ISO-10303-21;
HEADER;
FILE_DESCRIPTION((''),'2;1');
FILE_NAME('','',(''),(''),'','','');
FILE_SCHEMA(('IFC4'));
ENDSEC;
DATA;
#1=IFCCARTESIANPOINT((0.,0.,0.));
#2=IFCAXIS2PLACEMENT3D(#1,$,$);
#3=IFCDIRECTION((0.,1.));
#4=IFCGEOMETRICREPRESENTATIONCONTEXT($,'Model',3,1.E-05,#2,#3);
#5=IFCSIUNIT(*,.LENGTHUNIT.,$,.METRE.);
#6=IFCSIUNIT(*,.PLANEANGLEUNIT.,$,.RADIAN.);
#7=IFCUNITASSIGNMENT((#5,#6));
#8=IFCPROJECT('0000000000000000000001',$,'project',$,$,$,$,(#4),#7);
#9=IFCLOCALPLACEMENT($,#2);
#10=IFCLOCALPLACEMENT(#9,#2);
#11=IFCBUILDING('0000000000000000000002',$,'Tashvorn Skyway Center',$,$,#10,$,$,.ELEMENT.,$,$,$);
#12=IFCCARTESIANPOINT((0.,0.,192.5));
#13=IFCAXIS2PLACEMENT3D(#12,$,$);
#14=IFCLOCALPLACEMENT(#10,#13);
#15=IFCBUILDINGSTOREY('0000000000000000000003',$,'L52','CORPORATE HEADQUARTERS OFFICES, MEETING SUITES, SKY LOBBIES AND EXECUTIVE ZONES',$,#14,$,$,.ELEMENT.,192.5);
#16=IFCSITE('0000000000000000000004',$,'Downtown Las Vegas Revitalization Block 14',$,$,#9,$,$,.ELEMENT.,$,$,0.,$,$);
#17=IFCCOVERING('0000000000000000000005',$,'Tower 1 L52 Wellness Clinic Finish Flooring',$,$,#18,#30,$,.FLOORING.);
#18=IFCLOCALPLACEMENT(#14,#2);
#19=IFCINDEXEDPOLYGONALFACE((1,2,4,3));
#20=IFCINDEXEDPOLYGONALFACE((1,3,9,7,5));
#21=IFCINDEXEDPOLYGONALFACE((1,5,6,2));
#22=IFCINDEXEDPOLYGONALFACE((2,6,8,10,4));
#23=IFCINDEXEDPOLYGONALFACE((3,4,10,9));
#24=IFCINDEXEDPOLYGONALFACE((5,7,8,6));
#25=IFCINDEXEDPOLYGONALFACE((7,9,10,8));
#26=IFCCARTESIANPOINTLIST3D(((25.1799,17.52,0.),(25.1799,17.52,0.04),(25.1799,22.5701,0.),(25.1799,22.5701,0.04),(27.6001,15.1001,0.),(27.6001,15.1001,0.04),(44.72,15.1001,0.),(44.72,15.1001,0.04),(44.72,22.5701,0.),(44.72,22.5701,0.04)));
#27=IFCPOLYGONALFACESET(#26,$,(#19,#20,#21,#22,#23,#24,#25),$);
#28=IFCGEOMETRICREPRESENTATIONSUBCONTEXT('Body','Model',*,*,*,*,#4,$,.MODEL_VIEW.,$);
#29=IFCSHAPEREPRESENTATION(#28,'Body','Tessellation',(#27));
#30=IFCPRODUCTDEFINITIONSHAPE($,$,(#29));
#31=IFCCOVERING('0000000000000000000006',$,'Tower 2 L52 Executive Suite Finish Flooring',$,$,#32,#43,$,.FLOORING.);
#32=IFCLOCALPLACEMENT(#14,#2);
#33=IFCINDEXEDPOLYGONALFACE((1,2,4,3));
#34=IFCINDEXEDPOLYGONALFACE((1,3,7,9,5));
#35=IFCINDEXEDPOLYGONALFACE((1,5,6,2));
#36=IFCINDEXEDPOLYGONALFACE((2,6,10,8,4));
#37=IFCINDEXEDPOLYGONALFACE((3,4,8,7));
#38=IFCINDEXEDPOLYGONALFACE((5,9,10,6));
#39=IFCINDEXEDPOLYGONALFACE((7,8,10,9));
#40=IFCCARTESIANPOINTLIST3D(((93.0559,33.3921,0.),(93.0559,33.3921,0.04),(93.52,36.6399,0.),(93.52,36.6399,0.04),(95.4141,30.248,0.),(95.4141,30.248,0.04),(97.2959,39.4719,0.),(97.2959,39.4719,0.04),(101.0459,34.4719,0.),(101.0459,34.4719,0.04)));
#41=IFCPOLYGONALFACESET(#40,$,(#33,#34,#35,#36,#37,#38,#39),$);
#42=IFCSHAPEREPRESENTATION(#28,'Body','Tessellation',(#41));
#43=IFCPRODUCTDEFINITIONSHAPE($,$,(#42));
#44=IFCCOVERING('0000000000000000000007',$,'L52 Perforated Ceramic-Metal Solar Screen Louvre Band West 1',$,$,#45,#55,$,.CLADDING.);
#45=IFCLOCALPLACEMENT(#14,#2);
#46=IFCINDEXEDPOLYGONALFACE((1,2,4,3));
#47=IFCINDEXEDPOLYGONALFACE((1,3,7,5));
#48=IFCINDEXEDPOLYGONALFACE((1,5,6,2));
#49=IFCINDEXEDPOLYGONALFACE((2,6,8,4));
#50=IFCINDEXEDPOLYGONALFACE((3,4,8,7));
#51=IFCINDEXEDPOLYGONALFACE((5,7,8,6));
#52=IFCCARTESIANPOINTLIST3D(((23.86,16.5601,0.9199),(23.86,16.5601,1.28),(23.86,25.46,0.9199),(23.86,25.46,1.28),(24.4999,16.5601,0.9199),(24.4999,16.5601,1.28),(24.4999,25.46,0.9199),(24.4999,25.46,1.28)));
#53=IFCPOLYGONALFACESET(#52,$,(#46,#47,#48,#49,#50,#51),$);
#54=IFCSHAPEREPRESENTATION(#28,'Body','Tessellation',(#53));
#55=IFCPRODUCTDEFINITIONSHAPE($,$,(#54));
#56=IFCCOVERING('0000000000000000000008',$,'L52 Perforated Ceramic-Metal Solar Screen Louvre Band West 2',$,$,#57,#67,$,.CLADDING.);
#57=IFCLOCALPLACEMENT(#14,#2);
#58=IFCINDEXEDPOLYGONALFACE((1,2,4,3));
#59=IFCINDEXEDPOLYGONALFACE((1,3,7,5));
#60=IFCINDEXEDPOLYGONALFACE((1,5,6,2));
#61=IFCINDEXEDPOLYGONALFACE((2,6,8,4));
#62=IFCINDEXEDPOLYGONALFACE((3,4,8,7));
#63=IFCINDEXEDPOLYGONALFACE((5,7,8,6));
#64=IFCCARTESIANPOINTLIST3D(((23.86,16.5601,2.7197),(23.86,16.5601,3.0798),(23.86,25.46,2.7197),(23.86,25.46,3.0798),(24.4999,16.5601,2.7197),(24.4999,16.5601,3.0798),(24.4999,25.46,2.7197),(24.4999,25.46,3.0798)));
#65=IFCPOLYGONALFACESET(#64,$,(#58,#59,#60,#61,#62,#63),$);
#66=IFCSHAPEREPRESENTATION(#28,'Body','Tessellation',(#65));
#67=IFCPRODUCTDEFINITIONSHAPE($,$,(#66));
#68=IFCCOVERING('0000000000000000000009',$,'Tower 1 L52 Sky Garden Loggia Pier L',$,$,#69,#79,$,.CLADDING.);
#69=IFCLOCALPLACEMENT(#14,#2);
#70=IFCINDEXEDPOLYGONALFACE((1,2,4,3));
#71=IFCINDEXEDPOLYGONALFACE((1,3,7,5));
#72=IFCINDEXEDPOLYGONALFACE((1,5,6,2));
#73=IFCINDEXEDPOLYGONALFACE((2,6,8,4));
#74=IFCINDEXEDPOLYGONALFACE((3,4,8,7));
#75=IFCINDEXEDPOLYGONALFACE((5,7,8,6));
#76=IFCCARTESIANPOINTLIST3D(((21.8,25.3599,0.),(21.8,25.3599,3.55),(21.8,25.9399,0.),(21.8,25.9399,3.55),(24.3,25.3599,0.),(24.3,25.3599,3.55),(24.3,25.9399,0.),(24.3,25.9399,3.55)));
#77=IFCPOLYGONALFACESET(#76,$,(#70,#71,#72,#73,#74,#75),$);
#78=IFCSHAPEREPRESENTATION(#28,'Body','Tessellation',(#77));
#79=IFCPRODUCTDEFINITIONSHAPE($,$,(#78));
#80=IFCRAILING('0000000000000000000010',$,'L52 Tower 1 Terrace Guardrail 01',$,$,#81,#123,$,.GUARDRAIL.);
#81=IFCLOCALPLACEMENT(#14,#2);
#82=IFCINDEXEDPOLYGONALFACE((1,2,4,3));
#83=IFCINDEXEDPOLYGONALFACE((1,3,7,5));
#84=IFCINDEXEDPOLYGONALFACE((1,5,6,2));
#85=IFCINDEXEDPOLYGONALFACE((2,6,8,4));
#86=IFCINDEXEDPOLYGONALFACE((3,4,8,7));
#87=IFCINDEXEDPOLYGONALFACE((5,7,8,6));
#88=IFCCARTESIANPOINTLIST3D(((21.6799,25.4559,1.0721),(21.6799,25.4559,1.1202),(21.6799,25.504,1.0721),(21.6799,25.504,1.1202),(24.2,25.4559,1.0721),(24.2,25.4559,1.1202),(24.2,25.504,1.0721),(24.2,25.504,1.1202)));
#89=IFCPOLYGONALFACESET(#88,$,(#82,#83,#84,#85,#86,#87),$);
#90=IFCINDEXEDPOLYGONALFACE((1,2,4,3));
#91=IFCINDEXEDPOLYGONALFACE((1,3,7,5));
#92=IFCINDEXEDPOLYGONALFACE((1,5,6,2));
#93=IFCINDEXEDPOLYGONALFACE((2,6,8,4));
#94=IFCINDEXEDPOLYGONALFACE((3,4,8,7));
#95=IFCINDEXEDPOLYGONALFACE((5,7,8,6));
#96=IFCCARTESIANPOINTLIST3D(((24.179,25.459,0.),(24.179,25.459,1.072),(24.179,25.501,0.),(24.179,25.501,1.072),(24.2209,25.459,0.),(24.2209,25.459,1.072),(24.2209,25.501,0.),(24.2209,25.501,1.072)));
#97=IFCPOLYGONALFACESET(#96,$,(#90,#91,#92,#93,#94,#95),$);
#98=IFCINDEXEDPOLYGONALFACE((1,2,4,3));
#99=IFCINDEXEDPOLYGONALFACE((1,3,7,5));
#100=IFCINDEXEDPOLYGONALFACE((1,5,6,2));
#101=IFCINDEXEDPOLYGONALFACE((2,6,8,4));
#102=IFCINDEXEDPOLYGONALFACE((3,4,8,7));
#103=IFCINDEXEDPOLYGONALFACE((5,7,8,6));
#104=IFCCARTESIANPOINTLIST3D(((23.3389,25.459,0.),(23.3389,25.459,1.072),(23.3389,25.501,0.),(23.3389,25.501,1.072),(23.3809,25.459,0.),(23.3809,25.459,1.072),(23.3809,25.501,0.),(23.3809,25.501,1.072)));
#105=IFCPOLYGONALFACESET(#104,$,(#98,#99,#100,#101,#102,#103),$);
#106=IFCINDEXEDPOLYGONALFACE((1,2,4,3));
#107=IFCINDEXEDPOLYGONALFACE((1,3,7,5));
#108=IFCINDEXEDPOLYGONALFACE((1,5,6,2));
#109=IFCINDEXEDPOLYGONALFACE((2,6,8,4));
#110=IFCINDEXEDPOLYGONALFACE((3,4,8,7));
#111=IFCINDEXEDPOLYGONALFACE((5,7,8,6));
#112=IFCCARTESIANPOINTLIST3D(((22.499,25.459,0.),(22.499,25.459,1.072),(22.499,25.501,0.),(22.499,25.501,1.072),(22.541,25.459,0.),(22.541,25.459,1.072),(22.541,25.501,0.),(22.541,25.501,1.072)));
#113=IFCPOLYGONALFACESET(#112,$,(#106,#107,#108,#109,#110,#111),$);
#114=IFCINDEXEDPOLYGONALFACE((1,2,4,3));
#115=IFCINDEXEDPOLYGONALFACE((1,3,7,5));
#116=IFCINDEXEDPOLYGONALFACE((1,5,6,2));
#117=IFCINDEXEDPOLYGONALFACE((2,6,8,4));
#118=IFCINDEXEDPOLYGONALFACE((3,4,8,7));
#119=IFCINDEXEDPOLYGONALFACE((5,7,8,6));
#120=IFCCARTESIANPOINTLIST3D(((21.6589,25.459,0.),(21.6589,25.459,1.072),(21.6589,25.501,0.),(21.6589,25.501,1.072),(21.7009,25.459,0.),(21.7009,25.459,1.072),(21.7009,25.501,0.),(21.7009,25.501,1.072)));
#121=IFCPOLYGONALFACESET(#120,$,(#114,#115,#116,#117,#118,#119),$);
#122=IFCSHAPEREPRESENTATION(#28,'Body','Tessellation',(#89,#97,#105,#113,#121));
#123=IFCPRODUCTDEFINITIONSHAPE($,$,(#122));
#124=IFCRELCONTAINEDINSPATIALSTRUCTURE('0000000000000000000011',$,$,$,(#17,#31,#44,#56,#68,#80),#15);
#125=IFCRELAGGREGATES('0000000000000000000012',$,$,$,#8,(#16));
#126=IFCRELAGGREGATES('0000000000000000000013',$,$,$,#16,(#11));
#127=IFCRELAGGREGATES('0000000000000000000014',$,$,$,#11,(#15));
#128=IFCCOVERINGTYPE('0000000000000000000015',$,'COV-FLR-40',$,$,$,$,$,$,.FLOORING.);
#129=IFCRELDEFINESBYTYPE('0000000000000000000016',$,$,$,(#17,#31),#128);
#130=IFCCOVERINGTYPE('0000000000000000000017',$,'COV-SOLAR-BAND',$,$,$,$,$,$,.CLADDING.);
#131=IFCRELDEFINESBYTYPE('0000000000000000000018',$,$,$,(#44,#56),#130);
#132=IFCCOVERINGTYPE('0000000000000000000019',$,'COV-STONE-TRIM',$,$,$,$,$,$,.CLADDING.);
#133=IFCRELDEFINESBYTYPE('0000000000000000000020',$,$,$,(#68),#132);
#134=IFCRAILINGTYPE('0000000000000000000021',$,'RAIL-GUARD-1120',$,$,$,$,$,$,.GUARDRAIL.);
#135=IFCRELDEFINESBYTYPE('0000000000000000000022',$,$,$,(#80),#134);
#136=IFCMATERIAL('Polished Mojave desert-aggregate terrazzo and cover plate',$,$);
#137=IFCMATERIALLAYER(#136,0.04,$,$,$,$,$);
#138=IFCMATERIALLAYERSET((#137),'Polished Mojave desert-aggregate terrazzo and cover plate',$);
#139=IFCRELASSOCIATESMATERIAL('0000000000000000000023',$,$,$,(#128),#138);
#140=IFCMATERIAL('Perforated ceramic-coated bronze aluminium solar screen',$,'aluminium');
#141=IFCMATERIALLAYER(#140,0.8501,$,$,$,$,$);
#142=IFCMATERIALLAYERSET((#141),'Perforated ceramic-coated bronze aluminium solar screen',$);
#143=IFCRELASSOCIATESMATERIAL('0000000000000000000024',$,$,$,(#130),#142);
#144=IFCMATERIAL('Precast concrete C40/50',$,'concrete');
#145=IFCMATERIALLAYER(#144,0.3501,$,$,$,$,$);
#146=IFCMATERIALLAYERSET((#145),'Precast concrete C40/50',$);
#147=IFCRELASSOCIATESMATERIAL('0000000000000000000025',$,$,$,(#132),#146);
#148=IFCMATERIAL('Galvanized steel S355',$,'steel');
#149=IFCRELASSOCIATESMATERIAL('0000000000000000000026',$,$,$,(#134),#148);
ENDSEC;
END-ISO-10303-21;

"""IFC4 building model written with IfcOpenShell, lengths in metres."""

from ifc_helpers import new_model, si_unit, direction, frame, origin, origin_2d, place, context, subcontext, project, spatial, polyline, rectangle, outline, extrude, material, layer, layer_set, type_object, element, save


model = new_model("IFC4")

# Units and contexts
model_context = context("Model", 3, precision=1e-05, world=origin(), true_north=direction((0.0, 1.0)))
body_context = subcontext(model_context, "Body", "Model", "MODEL_VIEW")
ifc_project = project(units=[si_unit("LENGTHUNIT", "METRE"), si_unit("PLANEANGLEUNIT", "RADIAN")], contexts=[model_context])

# Site, building, storey
site_placement = place(None, origin())
site = spatial("IfcSite", under=ifc_project, at=site_placement, Name="Downtown Las Vegas Revitalization Block 14", CompositionType="ELEMENT", RefElevation=0.0)
building_placement = place(site_placement, origin())
building = spatial("IfcBuilding", under=site, at=building_placement, Name="Tashvorn Skyway Center", CompositionType="ELEMENT")
storey_placement = place(building_placement, frame((0.0, 0.0, 192.5)))
storey = spatial("IfcBuildingStorey", under=building, at=storey_placement, Name="L52", Description="CORPORATE HEADQUARTERS OFFICES, MEETING SUITES, SKY LOBBIES AND EXECUTIVE ZONES", CompositionType="ELEMENT", Elevation=192.5)

# Coverings
ifc_material_1 = material(Name="Polished Mojave desert-aggregate terrazzo and cover plate")
ifc_layer_1 = layer(ifc_material_1, 0.04)
ifc_layer_set_1 = layer_set([ifc_layer_1], Name="Polished Mojave desert-aggregate terrazzo and cover plate")
covering_type_1 = type_object("IfcCoveringType", Name="COV-FLR-40", PredefinedType="FLOORING", material=ifc_layer_set_1)
covering_1_placement = place(storey_placement, origin())
element("IfcCovering", 1, at=covering_1_placement, inside=storey, type_object=covering_type_1, Name="Tower 1 L52 Wellness Clinic Finish Flooring", PredefinedType="FLOORING", context=body_context, shape_type="SweptSolid", body=[
    extrude(outline(polyline([(27.6001, 15.1001), (25.1799, 17.52), (25.1799, 22.5701), (44.72, 22.5701), (44.72, 15.1001), (27.6001, 15.1001)])), origin(), (0.0, 0.0, 1.0), 0.04),
])
covering_2_placement = place(storey_placement, origin())
element("IfcCovering", 2, at=covering_2_placement, inside=storey, type_object=covering_type_1, Name="Tower 2 L52 Executive Suite Finish Flooring", PredefinedType="FLOORING", context=body_context, shape_type="SweptSolid", body=[
    extrude(outline(polyline([(101.0459, 34.4719), (95.4141, 30.248), (93.0559, 33.3921), (93.52, 36.6399), (97.2959, 39.4719), (101.0459, 34.4719)])), origin(), (0.0, 0.0, 1.0), 0.04),
])
ifc_material_2 = material(Name="Perforated ceramic-coated bronze aluminium solar screen", Category="aluminium")
ifc_layer_2 = layer(ifc_material_2, 0.8501)
ifc_layer_set_2 = layer_set([ifc_layer_2], Name="Perforated ceramic-coated bronze aluminium solar screen")
covering_type_2 = type_object("IfcCoveringType", Name="COV-SOLAR-BAND", PredefinedType="CLADDING", material=ifc_layer_set_2)
for number, where, z_axis, x_axis, name in (
    (3, (24.1799, 21.01, 0.9199), (0.0, 0.0, 1.0), (0.0, 1.0, 0.0), "L52 Perforated Ceramic-Metal Solar Screen Louvre Band West 1"),
    (4, (24.1799, 21.01, 2.7197), (0.0, 0.0, 1.0), (0.0, 1.0, 0.0), "L52 Perforated Ceramic-Metal Solar Screen Louvre Band West 2"),
):
    element("IfcCovering", number, at=place(storey_placement, frame(where, z_axis=z_axis, x_axis=x_axis)), inside=storey, type_object=covering_type_2, Name=name, PredefinedType="CLADDING", context=body_context, shape_type="SweptSolid", body=[
        extrude(rectangle(XDim=8.8999, YDim=0.6399, at=origin_2d()), origin(), (0.0, 0.0, 1.0), 0.3601),
    ])
ifc_material_3 = material(Name="Precast concrete C40/50", Category="concrete")
ifc_layer_3 = layer(ifc_material_3, 0.3501)
ifc_layer_set_3 = layer_set([ifc_layer_3], Name="Precast concrete C40/50")
covering_type_3 = type_object("IfcCoveringType", Name="COV-STONE-TRIM", PredefinedType="CLADDING", material=ifc_layer_set_3)
covering_3_placement = place(storey_placement, frame((23.05, 25.6499, 0.0), z_axis=(0.0, 0.0, 1.0), x_axis=(0.0, 1.0, 0.0)))
element("IfcCovering", 5, at=covering_3_placement, inside=storey, type_object=covering_type_3, Name="Tower 1 L52 Sky Garden Loggia Pier L", PredefinedType="CLADDING", context=body_context, shape_type="SweptSolid", body=[
    extrude(rectangle(XDim=0.5801, YDim=2.5, at=origin_2d()), origin(), (0.0, 0.0, 1.0), 3.55),
])

# Railing
ifc_material_4 = material(Name="Galvanized steel S355", Category="steel")
railing_type = type_object("IfcRailingType", Name="RAIL-GUARD-1120", PredefinedType="GUARDRAIL", material=ifc_material_4)
railing_1_placement = place(storey_placement, frame((24.2, 25.48, 0.0)))
element("IfcRailing", 6, at=railing_1_placement, inside=storey, type_object=railing_type, Name="L52 Tower 1 Terrace Guardrail 01", PredefinedType="GUARDRAIL", context=body_context, shape_type="SweptSolid", body=[
    extrude(rectangle(XDim=0.0481, YDim=0.0481, at=origin_2d()), frame((0.0, 0.0, 1.0962), z_axis=(-1.0, 0.0, 0.0), x_axis=(0.0, -1.0, 0.0)), (0.0, 0.0, 1.0), 2.52),
    extrude(rectangle(XDim=0.042, YDim=0.042, at=origin_2d()), origin(), (0.0, 0.0, 1.0), 1.072),
    extrude(rectangle(XDim=0.042, YDim=0.042, at=origin_2d()), frame((-0.8401, 0.0, 0.0)), (0.0, 0.0, 1.0), 1.072),
    extrude(rectangle(XDim=0.042, YDim=0.042, at=origin_2d()), frame((-1.6799, 0.0, 0.0)), (0.0, 0.0, 1.0), 1.072),
    extrude(rectangle(XDim=0.042, YDim=0.042, at=origin_2d()), frame((-2.52, 0.0, 0.0)), (0.0, 0.0, 1.0), 1.072),
])

save(model, "model.ifc")
